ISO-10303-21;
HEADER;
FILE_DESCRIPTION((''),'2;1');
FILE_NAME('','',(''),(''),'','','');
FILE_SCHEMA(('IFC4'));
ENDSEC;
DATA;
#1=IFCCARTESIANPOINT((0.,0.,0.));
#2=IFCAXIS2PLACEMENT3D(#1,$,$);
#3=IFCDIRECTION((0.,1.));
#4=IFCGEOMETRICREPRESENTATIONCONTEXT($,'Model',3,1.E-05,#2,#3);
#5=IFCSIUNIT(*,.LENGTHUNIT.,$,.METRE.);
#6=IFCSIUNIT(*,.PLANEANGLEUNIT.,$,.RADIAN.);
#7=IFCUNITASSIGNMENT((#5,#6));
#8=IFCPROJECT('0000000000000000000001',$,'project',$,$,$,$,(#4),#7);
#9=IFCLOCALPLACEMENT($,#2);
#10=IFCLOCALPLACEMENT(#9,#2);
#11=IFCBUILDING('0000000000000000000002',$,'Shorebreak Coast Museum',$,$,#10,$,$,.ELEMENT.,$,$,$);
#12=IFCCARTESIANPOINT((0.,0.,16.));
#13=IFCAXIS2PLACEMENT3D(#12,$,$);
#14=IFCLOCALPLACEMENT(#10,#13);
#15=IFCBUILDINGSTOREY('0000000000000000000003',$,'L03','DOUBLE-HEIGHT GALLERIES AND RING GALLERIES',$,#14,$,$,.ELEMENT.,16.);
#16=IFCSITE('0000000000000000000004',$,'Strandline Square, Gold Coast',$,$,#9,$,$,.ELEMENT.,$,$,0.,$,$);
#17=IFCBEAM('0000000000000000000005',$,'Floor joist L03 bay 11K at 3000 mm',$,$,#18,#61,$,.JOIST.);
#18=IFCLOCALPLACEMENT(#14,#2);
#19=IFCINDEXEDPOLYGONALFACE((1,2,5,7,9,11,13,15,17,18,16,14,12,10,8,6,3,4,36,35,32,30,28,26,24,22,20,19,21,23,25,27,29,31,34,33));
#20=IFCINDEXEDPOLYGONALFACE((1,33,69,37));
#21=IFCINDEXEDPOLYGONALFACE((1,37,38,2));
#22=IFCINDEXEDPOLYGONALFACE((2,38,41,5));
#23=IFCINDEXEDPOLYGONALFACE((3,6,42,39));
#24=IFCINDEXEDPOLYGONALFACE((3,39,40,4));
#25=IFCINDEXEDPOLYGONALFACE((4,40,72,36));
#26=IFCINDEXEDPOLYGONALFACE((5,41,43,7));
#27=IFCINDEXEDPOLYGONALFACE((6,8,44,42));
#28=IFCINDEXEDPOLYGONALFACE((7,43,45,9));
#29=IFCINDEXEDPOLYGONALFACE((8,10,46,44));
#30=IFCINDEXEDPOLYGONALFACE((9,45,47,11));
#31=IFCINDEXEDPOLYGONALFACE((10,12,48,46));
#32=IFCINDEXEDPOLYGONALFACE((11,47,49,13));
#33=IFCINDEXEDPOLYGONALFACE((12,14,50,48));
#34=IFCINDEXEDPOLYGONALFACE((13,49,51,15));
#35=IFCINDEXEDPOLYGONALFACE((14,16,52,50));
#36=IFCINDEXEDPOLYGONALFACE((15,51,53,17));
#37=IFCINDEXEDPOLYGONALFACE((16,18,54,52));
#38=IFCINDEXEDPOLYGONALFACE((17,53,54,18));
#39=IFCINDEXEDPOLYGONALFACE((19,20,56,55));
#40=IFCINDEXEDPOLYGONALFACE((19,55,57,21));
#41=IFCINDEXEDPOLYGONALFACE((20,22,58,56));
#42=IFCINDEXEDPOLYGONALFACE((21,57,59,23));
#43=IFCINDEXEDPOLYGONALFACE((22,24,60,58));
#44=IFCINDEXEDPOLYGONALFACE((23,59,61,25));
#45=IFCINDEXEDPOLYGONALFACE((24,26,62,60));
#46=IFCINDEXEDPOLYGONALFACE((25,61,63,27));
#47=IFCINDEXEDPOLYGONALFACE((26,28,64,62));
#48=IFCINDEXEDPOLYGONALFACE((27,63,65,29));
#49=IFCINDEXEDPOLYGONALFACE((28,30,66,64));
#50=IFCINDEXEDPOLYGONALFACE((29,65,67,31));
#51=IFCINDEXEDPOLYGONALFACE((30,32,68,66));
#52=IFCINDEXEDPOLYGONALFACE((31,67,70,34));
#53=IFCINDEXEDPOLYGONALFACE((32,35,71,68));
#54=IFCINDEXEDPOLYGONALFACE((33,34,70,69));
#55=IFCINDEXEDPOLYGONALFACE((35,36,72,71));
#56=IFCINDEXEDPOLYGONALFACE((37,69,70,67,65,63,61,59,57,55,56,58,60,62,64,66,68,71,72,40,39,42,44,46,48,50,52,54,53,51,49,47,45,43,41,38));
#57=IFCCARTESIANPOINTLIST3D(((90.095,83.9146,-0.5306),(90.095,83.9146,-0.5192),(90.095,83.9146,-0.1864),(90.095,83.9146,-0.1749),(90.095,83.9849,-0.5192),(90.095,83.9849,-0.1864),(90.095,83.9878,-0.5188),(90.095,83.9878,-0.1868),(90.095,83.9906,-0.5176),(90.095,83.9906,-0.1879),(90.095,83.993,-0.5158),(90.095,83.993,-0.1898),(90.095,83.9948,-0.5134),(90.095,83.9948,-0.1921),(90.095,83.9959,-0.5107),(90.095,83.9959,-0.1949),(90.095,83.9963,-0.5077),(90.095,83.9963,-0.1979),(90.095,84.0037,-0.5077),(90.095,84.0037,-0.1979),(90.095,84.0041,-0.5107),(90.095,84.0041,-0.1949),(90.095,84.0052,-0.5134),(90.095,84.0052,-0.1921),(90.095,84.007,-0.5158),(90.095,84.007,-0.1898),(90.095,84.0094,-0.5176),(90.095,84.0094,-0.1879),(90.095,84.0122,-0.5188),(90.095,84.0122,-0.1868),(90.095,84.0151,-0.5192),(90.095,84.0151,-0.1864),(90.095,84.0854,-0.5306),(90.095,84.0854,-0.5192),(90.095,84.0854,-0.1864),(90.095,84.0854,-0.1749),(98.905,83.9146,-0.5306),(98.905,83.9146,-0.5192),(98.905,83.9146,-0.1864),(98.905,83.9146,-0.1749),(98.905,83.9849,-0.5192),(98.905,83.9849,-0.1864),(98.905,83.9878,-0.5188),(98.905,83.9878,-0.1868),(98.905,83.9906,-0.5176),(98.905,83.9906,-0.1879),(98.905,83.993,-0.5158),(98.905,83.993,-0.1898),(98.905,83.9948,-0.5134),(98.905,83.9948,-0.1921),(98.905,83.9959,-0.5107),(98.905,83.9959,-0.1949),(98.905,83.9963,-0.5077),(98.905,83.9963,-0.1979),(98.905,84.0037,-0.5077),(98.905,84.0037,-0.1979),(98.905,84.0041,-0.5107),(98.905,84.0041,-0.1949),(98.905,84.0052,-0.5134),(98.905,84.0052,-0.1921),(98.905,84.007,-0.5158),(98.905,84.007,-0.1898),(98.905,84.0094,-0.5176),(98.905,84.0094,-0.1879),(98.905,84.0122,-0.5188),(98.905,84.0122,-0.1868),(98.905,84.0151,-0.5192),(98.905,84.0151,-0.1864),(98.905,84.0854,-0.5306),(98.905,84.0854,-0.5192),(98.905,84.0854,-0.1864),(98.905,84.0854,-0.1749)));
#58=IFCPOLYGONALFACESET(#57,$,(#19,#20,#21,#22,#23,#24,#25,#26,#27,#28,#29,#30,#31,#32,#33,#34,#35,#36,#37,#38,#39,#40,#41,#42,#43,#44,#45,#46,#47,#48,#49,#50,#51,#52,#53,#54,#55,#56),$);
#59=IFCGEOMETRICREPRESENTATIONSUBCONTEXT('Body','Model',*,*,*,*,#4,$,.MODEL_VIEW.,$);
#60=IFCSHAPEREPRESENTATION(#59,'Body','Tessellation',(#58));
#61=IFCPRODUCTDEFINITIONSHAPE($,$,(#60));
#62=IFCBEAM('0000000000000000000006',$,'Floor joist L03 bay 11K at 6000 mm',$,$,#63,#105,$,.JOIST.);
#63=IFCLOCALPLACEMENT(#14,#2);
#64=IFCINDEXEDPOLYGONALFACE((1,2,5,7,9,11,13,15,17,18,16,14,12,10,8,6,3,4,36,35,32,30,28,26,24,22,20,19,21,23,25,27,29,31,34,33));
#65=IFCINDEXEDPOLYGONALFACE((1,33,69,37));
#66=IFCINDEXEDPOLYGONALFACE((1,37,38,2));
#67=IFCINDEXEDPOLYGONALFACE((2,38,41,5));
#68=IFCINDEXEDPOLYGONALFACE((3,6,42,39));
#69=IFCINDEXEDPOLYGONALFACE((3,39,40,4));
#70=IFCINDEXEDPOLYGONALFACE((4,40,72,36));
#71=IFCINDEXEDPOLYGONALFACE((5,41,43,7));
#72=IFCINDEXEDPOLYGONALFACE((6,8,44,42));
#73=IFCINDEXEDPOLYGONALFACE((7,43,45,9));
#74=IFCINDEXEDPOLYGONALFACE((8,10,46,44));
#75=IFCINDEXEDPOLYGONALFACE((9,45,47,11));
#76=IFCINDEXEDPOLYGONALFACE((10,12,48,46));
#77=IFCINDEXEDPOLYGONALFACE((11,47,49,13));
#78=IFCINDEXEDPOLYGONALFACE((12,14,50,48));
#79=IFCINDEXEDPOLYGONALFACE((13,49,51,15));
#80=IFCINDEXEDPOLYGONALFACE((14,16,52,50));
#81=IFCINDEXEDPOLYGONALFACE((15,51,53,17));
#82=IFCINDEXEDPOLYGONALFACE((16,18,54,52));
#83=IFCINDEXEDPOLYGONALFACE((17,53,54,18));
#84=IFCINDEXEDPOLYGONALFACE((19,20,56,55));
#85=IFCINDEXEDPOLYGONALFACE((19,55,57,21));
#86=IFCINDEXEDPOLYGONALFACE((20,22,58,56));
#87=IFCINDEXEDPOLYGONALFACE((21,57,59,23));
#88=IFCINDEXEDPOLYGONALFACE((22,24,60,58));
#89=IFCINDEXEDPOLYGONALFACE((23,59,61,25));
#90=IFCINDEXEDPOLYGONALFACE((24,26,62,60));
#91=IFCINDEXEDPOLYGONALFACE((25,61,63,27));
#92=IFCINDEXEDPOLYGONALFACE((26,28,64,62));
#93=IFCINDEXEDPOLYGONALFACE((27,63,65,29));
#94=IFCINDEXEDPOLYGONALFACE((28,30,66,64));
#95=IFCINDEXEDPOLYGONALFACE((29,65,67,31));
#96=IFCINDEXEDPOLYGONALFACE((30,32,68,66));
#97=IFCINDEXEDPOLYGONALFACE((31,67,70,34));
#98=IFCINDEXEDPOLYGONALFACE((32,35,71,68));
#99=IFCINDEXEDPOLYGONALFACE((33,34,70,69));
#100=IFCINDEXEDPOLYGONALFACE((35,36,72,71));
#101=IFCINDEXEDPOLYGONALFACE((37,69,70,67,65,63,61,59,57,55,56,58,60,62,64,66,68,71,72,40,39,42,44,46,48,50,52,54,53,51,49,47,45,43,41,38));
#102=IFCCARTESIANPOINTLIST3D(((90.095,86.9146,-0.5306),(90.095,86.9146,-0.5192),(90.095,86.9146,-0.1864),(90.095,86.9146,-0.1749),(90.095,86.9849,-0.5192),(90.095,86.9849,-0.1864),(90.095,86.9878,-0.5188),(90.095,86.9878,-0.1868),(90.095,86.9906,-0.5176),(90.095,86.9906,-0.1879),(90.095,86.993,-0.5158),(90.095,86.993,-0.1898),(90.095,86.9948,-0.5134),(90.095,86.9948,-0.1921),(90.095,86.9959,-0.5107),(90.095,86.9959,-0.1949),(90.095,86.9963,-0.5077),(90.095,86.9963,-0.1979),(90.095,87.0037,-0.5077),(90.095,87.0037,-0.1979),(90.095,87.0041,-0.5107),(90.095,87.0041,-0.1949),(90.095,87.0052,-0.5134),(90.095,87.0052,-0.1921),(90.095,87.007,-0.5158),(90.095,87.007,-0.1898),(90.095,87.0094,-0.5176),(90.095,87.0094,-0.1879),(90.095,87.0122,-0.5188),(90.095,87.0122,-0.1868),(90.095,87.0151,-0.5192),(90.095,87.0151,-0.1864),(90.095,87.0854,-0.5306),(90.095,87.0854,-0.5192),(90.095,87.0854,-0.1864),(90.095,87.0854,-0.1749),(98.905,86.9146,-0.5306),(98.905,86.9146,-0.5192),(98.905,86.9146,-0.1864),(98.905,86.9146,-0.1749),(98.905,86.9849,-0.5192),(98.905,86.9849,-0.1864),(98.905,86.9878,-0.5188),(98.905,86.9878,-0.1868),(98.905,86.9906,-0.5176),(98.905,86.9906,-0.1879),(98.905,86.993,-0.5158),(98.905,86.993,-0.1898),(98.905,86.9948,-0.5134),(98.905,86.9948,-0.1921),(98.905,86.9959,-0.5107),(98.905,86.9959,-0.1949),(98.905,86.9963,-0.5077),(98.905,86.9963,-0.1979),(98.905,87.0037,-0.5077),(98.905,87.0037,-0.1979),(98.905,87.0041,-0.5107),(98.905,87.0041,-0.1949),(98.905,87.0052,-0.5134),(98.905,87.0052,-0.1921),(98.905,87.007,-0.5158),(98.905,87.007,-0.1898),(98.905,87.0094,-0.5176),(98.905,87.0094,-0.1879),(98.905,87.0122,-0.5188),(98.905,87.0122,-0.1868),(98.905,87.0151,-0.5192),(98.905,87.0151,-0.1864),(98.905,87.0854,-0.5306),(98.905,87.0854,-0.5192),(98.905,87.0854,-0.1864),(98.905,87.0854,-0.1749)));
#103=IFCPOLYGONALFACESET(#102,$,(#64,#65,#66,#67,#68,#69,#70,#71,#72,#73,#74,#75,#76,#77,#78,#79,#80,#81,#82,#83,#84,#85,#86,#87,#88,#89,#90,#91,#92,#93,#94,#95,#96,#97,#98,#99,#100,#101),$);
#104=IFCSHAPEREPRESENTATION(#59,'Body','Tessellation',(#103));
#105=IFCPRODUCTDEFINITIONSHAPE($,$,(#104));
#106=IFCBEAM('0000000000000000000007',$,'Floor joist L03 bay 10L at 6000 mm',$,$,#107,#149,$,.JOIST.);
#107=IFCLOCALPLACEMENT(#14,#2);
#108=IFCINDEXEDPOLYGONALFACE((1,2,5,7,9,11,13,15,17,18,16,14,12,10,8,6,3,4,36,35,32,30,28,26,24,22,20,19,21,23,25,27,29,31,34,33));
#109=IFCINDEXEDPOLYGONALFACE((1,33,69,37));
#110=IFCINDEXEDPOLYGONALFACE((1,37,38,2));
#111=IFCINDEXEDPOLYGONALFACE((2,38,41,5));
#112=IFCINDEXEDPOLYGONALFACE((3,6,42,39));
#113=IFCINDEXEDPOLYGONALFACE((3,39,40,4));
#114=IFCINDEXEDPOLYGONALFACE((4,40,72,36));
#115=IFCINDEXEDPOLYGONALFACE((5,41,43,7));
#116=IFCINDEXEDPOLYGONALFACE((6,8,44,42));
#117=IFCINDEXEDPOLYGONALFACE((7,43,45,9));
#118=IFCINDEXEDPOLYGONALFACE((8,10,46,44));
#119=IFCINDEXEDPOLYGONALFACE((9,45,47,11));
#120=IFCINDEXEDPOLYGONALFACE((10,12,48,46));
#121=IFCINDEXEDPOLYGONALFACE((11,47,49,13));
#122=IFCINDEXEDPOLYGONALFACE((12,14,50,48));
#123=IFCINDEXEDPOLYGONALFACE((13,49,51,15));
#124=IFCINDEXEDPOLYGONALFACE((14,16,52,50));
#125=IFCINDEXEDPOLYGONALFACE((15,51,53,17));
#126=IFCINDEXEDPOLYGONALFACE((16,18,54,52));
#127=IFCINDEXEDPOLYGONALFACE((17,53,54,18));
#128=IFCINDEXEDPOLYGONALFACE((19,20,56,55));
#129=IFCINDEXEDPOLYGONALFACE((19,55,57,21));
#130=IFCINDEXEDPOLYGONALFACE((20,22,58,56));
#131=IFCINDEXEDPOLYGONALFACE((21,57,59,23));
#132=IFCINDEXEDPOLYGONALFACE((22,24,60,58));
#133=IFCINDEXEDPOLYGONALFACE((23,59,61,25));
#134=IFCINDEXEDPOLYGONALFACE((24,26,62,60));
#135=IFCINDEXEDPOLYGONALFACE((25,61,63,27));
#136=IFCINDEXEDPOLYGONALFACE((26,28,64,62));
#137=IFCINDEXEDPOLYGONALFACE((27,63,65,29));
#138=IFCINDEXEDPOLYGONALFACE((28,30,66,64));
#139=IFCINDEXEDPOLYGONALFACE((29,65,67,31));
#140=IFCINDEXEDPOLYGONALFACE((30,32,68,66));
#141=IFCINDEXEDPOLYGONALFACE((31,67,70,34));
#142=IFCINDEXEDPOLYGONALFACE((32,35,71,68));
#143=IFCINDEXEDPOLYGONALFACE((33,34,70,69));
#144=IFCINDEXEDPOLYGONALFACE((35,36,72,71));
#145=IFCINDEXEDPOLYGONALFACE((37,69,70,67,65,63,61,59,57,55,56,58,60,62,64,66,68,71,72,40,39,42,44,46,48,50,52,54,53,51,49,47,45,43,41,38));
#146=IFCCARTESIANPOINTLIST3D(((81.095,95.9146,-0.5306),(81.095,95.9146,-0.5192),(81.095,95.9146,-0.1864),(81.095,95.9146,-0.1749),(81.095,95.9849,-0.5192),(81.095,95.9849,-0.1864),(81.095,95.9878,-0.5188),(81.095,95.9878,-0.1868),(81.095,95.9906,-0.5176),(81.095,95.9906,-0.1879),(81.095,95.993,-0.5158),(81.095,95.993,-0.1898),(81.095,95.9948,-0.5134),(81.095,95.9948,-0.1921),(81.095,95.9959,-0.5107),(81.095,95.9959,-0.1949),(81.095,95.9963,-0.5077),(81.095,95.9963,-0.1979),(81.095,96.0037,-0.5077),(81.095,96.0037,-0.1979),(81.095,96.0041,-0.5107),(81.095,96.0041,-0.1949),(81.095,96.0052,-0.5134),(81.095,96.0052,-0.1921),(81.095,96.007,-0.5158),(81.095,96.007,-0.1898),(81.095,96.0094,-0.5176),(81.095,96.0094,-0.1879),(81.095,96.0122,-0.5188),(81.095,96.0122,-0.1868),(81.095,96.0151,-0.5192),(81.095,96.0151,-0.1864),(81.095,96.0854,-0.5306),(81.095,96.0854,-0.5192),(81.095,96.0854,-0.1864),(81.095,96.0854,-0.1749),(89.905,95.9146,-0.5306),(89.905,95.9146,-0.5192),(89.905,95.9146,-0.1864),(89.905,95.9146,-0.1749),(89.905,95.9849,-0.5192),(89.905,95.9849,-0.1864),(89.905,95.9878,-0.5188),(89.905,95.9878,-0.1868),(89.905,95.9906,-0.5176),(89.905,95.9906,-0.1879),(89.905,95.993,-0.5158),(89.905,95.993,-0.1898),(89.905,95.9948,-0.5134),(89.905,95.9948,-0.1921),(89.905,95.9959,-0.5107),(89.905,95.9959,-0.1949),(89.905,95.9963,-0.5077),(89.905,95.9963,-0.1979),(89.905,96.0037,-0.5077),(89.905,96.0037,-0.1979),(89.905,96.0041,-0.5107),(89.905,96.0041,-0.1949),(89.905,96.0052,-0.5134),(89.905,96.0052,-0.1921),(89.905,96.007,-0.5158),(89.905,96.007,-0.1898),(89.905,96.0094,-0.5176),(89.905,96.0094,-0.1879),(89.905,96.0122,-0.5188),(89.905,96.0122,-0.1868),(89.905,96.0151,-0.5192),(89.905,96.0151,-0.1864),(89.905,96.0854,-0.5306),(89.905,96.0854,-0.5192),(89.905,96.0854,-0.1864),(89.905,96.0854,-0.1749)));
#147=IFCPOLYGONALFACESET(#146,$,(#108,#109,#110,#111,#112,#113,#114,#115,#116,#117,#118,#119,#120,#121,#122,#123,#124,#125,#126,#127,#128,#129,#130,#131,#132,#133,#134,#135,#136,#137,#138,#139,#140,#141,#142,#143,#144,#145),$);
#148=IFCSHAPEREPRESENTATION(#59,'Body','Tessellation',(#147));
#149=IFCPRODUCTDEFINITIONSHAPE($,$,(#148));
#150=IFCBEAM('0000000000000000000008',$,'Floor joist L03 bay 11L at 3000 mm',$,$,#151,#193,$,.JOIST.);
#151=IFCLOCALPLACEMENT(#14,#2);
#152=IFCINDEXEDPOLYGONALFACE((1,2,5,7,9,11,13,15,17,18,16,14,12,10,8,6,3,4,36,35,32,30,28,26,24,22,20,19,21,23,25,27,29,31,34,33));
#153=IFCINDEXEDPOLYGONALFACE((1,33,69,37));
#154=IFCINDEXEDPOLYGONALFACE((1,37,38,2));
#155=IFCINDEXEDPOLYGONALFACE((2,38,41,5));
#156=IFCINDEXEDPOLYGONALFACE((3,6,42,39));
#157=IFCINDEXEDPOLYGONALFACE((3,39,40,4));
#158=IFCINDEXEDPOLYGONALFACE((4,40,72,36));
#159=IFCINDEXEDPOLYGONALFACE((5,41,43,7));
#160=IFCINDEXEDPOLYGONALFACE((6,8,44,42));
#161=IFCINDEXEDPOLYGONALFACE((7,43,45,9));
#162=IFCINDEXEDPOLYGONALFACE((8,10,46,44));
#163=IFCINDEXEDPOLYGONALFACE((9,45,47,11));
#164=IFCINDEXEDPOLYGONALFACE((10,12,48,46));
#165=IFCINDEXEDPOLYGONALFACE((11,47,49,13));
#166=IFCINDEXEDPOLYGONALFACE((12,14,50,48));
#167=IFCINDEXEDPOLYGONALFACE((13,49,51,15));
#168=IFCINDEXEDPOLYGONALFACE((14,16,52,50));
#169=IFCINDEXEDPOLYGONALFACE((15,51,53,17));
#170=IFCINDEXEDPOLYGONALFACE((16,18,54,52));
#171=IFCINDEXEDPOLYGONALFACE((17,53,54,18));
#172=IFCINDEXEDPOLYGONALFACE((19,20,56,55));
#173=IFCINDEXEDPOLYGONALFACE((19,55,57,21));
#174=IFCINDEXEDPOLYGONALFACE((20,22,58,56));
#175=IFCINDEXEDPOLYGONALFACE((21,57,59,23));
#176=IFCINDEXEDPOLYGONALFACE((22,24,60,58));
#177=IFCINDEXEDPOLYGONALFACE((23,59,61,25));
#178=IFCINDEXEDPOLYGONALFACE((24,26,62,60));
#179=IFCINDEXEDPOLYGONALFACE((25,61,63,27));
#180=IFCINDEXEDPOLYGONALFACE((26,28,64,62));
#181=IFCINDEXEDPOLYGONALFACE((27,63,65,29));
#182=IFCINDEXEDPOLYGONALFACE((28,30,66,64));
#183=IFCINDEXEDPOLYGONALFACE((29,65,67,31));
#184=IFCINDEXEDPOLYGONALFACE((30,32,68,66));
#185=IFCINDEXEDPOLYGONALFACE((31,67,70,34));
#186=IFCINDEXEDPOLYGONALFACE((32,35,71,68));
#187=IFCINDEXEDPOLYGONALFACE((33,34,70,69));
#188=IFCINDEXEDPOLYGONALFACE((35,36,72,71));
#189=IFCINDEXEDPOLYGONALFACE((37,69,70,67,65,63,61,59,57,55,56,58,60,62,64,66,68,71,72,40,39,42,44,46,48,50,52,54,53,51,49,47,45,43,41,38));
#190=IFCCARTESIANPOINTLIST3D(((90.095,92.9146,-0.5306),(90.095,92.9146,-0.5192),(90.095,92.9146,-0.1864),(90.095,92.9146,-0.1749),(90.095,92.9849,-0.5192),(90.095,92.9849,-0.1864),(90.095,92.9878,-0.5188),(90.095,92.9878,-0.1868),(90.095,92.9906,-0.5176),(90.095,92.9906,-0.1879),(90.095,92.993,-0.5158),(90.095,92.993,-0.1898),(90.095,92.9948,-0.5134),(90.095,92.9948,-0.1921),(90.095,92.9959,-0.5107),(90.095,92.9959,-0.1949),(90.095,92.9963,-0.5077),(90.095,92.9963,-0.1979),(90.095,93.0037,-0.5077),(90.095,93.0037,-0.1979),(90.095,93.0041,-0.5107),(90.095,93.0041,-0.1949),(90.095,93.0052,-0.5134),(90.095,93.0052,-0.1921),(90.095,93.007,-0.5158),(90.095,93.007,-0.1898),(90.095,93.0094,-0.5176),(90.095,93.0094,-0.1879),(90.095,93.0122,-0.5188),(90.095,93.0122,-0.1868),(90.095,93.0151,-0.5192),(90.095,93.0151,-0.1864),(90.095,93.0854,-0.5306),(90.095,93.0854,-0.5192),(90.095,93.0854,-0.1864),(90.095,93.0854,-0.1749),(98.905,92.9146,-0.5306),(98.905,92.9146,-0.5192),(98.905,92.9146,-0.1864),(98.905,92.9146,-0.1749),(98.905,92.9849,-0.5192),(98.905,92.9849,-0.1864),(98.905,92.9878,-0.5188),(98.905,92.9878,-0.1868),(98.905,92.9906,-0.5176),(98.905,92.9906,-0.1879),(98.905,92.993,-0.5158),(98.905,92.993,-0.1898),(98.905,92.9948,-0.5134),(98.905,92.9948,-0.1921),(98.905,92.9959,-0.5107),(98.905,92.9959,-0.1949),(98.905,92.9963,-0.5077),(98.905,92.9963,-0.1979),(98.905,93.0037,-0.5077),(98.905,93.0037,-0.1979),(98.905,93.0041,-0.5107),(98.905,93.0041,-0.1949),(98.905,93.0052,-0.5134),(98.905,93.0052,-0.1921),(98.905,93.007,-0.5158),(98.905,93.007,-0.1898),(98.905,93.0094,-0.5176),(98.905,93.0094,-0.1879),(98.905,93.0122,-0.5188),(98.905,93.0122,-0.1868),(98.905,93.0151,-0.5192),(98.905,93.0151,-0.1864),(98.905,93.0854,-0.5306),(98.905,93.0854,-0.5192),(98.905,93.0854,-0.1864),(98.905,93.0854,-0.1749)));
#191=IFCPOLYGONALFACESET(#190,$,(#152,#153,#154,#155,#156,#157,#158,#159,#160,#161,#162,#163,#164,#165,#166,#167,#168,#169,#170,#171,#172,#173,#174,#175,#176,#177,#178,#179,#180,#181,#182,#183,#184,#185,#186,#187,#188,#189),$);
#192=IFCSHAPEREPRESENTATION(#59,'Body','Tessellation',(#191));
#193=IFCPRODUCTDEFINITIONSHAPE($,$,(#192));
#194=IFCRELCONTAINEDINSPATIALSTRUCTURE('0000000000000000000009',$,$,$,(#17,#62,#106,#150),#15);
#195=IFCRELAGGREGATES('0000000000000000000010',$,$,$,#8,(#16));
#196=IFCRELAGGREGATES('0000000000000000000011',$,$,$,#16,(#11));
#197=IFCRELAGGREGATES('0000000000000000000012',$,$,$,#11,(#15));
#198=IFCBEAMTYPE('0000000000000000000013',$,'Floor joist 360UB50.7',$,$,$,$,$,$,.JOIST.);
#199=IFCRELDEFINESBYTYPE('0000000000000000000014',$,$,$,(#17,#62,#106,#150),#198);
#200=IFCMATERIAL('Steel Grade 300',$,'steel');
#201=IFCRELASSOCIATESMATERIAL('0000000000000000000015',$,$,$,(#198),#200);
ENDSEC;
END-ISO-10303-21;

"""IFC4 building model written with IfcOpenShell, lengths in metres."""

from ifc_helpers import new_model, si_unit, direction, frame, origin, origin_2d, place, context, subcontext, project, spatial, i_section, extrude, material, material_profile, profile_set, type_object, element, save


model = new_model("IFC4")

# Units and contexts
model_context = context("Model", 3, precision=1e-05, world=origin(), true_north=direction((0.0, 1.0)))
body_context = subcontext(model_context, "Body", "Model", "MODEL_VIEW")
ifc_project = project(units=[si_unit("LENGTHUNIT", "METRE"), si_unit("PLANEANGLEUNIT", "RADIAN")], contexts=[model_context])

# Site, building, storey
site_placement = place(None, origin())
site = spatial("IfcSite", under=ifc_project, at=site_placement, Name="Strandline Square, Gold Coast", CompositionType="ELEMENT", RefElevation=0.0)
building_placement = place(site_placement, origin())
building = spatial("IfcBuilding", under=site, at=building_placement, Name="Shorebreak Coast Museum", CompositionType="ELEMENT")
storey_placement = place(building_placement, frame((0.0, 0.0, 16.0)))
storey = spatial("IfcBuildingStorey", under=building, at=storey_placement, Name="L03", Description="DOUBLE-HEIGHT GALLERIES AND RING GALLERIES", CompositionType="ELEMENT", Elevation=16.0)

# Beams
ifc_material_1 = material(Name="Steel Grade 300", Category="steel")
ifc_material_profile_1 = material_profile(ifc_material_1, i_section(OverallWidth=0.1709, OverallDepth=0.3557, WebThickness=0.0073, FlangeThickness=0.0115, FilletRadius=0.0115, at=origin_2d()), Name="360UB50.7")
ifc_profile_set_1 = profile_set([ifc_material_profile_1], Name="Steel Grade 300")
beam_type_1 = type_object("IfcBeamType", Name="Floor joist 360UB50.7", PredefinedType="JOIST", material=ifc_profile_set_1)
for number, where, z_axis, x_axis, name in (
    (1, (90.095, 84.0, -0.3528), (1.0, 0.0, 0.0), (0.0, 1.0, 0.0), "Floor joist L03 bay 11K at 3000 mm"),
    (2, (90.095, 87.0, -0.3528), (1.0, 0.0, 0.0), (0.0, 1.0, 0.0), "Floor joist L03 bay 11K at 6000 mm"),
    (3, (81.095, 96.0, -0.3528), (1.0, 0.0, 0.0), (0.0, 1.0, 0.0), "Floor joist L03 bay 10L at 6000 mm"),
    (4, (90.095, 93.0, -0.3528), (1.0, 0.0, 0.0), (0.0, 1.0, 0.0), "Floor joist L03 bay 11L at 3000 mm"),
):
    element("IfcBeam", number, at=place(storey_placement, frame(where, z_axis=z_axis, x_axis=x_axis)), inside=storey, type_object=beam_type_1, Name=name, PredefinedType="JOIST", context=body_context, shape_type="SweptSolid", body=[
        extrude(i_section(OverallWidth=0.1709, OverallDepth=0.3557, WebThickness=0.0073, FlangeThickness=0.0115, FilletRadius=0.0115, at=origin_2d()), origin(), (0.0, 0.0, 1.0), 8.8101),
    ])

save(model, "model.ifc")
